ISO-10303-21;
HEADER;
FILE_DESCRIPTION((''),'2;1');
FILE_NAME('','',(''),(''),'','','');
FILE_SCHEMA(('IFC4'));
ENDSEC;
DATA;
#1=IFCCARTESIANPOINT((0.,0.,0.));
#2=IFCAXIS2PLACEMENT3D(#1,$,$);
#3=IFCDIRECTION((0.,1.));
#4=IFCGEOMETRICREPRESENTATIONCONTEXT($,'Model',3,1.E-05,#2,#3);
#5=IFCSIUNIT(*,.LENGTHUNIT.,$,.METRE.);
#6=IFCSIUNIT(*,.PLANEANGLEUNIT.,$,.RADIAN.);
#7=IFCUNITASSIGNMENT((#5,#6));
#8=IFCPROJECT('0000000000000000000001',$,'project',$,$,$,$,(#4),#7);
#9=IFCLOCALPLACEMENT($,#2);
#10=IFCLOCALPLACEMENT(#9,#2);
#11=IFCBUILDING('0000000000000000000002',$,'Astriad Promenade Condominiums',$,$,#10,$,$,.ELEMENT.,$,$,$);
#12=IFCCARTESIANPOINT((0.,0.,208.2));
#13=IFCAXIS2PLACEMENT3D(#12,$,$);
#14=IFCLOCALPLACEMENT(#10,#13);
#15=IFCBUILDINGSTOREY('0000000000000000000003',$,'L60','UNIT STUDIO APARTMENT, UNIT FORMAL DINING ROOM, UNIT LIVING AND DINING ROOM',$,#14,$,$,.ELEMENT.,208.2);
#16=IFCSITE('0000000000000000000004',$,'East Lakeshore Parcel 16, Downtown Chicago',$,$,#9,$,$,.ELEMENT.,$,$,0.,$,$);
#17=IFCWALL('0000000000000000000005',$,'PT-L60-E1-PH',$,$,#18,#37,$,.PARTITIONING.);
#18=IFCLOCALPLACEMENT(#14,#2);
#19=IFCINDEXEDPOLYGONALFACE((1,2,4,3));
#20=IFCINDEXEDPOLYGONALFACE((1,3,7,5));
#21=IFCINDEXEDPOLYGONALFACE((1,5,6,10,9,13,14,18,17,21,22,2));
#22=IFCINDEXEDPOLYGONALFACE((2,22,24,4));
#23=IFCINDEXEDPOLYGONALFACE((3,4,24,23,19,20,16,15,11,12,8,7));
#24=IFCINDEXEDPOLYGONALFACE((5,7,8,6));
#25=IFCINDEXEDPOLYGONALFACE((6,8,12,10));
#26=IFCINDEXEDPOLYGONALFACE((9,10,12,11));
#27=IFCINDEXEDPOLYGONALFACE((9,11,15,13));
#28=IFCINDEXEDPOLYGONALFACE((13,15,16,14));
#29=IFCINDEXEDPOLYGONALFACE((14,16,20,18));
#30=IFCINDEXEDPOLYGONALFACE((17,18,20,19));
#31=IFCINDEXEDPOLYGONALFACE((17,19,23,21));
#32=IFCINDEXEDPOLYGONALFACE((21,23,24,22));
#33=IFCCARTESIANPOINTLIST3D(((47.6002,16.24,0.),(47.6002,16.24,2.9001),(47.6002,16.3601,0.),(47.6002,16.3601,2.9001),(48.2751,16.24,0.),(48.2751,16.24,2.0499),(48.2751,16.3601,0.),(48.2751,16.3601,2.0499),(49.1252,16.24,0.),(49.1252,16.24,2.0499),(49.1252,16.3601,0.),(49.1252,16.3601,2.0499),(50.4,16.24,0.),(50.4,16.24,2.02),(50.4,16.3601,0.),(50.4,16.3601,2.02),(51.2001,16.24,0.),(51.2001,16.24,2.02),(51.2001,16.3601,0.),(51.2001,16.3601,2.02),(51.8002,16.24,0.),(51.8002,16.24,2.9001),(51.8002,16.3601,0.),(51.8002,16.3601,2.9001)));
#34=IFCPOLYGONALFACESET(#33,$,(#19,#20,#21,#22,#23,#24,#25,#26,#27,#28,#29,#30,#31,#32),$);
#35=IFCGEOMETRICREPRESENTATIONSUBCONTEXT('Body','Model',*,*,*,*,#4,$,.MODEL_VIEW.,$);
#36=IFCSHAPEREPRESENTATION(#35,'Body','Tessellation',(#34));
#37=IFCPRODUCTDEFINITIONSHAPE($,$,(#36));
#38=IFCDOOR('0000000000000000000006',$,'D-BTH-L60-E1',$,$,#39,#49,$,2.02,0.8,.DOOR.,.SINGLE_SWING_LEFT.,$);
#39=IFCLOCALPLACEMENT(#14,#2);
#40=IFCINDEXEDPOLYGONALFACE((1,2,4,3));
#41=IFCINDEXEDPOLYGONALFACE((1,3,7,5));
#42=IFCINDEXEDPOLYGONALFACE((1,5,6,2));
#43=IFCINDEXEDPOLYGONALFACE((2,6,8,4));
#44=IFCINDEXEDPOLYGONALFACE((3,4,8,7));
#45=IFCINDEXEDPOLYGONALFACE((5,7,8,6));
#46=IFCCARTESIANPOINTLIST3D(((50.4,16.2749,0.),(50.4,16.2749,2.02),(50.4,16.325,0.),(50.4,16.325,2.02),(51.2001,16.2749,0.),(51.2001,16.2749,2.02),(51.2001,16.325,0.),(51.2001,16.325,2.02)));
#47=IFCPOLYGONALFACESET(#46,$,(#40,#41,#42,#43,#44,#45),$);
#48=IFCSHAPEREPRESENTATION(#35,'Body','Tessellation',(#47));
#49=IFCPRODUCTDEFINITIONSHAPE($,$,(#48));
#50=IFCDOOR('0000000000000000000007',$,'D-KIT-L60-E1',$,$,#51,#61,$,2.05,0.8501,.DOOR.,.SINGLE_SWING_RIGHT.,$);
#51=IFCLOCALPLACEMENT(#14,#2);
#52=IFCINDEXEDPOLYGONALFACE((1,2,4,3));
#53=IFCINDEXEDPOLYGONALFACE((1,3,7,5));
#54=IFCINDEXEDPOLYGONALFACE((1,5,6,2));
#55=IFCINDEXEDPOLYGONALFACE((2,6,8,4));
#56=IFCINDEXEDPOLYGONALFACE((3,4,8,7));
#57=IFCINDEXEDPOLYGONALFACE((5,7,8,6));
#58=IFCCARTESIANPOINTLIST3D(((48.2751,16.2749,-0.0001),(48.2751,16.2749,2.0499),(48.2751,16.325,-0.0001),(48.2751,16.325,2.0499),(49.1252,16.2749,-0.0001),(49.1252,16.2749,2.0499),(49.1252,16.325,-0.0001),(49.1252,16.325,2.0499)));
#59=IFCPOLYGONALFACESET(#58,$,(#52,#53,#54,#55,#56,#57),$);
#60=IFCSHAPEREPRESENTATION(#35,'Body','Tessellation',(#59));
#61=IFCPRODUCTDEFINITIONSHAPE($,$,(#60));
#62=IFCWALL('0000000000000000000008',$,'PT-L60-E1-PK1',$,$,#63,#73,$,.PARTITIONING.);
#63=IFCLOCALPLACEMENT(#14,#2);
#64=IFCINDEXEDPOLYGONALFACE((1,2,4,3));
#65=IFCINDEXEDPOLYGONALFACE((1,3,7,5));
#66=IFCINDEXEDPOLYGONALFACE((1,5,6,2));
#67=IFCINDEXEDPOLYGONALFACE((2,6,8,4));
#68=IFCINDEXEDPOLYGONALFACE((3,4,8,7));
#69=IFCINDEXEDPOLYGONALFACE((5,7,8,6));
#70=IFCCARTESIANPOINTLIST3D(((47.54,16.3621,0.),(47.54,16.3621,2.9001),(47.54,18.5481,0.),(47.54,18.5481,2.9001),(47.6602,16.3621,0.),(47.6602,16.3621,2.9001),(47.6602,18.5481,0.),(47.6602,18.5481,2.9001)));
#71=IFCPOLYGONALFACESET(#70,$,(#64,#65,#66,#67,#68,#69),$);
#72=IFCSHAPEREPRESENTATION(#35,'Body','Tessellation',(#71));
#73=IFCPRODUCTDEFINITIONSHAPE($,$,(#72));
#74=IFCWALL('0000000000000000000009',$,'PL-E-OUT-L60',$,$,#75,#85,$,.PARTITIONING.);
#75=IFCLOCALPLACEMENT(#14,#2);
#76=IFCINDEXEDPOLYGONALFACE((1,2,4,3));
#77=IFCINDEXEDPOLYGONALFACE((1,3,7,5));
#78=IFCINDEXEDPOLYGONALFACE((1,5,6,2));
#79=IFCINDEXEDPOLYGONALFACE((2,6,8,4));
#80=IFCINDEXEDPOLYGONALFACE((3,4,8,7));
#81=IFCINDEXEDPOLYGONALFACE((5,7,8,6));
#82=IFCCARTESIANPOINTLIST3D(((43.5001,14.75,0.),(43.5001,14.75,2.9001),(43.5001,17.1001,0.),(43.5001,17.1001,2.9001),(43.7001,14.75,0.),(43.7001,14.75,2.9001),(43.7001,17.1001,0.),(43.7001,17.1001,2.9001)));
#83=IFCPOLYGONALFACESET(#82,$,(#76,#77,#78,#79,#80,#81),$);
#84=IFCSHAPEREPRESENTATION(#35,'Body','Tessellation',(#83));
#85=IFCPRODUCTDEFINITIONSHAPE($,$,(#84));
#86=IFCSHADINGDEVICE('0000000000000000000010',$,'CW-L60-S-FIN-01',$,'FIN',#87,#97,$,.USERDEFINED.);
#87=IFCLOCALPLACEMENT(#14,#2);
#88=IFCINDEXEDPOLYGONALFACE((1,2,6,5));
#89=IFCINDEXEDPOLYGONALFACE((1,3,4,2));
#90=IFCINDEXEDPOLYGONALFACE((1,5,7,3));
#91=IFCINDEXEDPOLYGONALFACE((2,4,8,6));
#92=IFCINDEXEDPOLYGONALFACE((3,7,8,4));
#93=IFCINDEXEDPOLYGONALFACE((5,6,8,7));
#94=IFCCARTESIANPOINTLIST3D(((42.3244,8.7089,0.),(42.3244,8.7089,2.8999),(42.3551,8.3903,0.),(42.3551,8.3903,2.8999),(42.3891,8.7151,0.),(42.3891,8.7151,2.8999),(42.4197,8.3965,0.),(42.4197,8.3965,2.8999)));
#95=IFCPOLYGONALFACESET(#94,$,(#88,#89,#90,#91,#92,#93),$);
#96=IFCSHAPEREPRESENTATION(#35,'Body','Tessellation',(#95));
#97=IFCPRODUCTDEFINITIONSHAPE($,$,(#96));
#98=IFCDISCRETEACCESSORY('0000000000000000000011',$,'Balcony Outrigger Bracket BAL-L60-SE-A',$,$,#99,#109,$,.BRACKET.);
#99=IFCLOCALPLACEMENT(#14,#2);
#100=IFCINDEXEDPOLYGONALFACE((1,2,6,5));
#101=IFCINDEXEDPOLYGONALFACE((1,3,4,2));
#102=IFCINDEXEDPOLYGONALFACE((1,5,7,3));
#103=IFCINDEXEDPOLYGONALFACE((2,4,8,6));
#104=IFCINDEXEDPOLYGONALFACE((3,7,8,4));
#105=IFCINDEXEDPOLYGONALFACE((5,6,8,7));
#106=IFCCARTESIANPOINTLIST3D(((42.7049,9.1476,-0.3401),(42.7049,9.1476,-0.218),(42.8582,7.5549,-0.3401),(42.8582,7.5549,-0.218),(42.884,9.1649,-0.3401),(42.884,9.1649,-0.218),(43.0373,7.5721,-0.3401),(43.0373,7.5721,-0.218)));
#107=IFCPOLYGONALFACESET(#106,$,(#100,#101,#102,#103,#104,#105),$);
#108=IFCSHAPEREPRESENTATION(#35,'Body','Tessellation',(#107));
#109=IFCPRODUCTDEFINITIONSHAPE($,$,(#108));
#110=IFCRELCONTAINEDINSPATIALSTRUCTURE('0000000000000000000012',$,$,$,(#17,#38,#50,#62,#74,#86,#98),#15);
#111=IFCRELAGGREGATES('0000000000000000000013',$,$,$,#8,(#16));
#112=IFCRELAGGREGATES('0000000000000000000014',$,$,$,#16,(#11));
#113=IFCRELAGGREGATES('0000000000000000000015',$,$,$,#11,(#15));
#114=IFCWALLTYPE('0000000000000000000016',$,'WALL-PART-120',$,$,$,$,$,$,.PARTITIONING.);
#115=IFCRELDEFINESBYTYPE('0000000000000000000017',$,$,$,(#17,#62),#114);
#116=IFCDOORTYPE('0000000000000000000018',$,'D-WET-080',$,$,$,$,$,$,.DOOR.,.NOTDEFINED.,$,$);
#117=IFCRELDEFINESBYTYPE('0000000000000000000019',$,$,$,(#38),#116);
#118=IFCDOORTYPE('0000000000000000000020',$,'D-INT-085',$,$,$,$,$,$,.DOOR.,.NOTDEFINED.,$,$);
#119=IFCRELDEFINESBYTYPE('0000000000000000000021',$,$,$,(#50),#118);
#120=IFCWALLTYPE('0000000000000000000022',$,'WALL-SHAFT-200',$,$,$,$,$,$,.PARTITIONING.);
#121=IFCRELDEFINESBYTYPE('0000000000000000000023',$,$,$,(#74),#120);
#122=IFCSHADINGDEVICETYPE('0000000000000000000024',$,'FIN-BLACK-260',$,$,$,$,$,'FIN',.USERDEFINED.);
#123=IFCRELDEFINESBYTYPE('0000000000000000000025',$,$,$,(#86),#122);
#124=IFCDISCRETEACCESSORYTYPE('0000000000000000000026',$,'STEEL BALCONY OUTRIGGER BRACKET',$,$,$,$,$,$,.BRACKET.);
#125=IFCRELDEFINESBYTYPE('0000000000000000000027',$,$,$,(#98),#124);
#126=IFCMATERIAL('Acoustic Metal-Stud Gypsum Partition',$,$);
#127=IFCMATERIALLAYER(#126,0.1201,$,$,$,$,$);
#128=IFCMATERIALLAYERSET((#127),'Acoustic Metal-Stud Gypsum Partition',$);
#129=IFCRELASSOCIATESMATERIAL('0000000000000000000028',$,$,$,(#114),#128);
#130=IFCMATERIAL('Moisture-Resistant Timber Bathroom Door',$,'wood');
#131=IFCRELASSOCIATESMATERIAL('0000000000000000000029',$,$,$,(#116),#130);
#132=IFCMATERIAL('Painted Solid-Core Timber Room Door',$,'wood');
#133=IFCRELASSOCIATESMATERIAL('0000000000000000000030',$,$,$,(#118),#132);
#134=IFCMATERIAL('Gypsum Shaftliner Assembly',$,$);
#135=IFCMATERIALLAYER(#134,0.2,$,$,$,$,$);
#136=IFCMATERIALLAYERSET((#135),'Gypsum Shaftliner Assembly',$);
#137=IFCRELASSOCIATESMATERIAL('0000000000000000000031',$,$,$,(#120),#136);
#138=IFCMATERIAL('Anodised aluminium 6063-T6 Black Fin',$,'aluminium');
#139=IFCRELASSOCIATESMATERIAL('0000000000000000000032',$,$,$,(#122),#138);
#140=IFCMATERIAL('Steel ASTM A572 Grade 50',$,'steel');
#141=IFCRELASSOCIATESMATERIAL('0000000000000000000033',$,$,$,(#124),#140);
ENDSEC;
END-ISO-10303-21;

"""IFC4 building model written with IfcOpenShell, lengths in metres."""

from ifc_helpers import new_model, si_unit, direction, frame, frame_2d, origin, origin_2d, place, context, subcontext, project, spatial, rectangle, extrude, source, transform, mapped, material, layer, layer_set, type_object, type_shapes, element, fill, save


model = new_model("IFC4")

# Units and contexts
model_context = context("Model", 3, precision=1e-05, world=origin(), true_north=direction((0.0, 1.0)))
body_context = subcontext(model_context, "Body", "Model", "MODEL_VIEW")
ifc_project = project(units=[si_unit("LENGTHUNIT", "METRE"), si_unit("PLANEANGLEUNIT", "RADIAN")], contexts=[model_context])

# Site, building, storey
site_placement = place(None, origin())
site = spatial("IfcSite", under=ifc_project, at=site_placement, Name="East Lakeshore Parcel 16, Downtown Chicago", CompositionType="ELEMENT", RefElevation=0.0)
building_placement = place(site_placement, origin())
building = spatial("IfcBuilding", under=site, at=building_placement, Name="Astriad Promenade Condominiums", CompositionType="ELEMENT")
storey_placement = place(building_placement, frame((0.0, 0.0, 208.2)))
storey = spatial("IfcBuildingStorey", under=building, at=storey_placement, Name="L60", Description="UNIT STUDIO APARTMENT, UNIT FORMAL DINING ROOM, UNIT LIVING AND DINING ROOM", CompositionType="ELEMENT", Elevation=208.2)

# Shared definitions
ifc_material_1 = material(Name="Acoustic Metal-Stud Gypsum Partition")
ifc_layer_1 = layer(ifc_material_1, 0.1201)
ifc_layer_set_1 = layer_set([ifc_layer_1], Name="Acoustic Metal-Stud Gypsum Partition")
wall_type_1 = type_object("IfcWallType", Name="WALL-PART-120", PredefinedType="PARTITIONING", material=ifc_layer_set_1)
ifc_material_2 = material(Name="Moisture-Resistant Timber Bathroom Door", Category="wood")
door_type_1 = type_object("IfcDoorType", Name="D-WET-080", OperationType="NOTDEFINED", PredefinedType="DOOR", material=ifc_material_2)
shared_shape_1 = source(origin(), body_context, "Body", "SweptSolid", [
    extrude(rectangle(XDim=0.8, YDim=2.02, at=frame_2d((0.3999, 1.01))), frame((0.0, 0.0249, 0.0), z_axis=(0.0, -1.0, 0.0), x_axis=(1.0, 0.0, 0.0)), (0.0, 0.0, 1.0), 0.05),
])
type_shapes(door_type_1, [shared_shape_1])
ifc_material_3 = material(Name="Painted Solid-Core Timber Room Door", Category="wood")
door_type_2 = type_object("IfcDoorType", Name="D-INT-085", OperationType="NOTDEFINED", PredefinedType="DOOR", material=ifc_material_3)
shared_shape_2 = source(origin(), body_context, "Body", "SweptSolid", [
    extrude(rectangle(XDim=0.8501, YDim=2.05, at=frame_2d((0.425, 1.0249))), frame((0.0, 0.0249, 0.0), z_axis=(0.0, -1.0, 0.0), x_axis=(1.0, 0.0, 0.0)), (0.0, 0.0, 1.0), 0.05),
])
type_shapes(door_type_2, [shared_shape_2])

# Wall, openings, doors
wall_1_placement = place(storey_placement, frame((47.6001, 16.3, 0.0), z_axis=(0.0, 0.0, 1.0), x_axis=(1.0, 0.0, 0.0)))
wall_1 = element("IfcWall", 1, at=wall_1_placement, inside=storey, type_object=wall_type_1, Name="PT-L60-E1-PH", PredefinedType="PARTITIONING", context=body_context, shape_type="SweptSolid", body=[
    extrude(rectangle(XDim=4.2, YDim=0.1201, at=frame_2d((2.1001, 0.0))), origin(), (0.0, 0.0, 1.0), 2.9001),
])
opening_1_placement = place(wall_1_placement, frame((0.675, 0.0, 0.0)))
opening_1 = element("IfcOpeningElement", 2, at=opening_1_placement, cuts=wall_1, PredefinedType="OPENING", context=body_context, shape_type="SweptSolid", body=[
    extrude(rectangle(XDim=0.8501, YDim=2.05, at=frame_2d((0.425, 1.0249))), frame((0.0, 0.0701, 0.0), z_axis=(0.0, -1.0, 0.0), x_axis=(1.0, 0.0, 0.0)), (0.0, 0.0, 1.0), 0.1401),
])
opening_2_placement = place(wall_1_placement, frame((2.8, 0.0, 0.0)))
opening_2 = element("IfcOpeningElement", 3, at=opening_2_placement, cuts=wall_1, PredefinedType="OPENING", context=body_context, shape_type="SweptSolid", body=[
    extrude(rectangle(XDim=0.8, YDim=2.02, at=frame_2d((0.3999, 1.01))), frame((0.0, 0.0701, 0.0), z_axis=(0.0, -1.0, 0.0), x_axis=(1.0, 0.0, 0.0)), (0.0, 0.0, 1.0), 0.1401),
])
door_1_placement = place(opening_2_placement, origin())
door_1 = element("IfcDoor", 4, at=door_1_placement, inside=storey, type_object=door_type_1, Name="D-BTH-L60-E1", OperationType="SINGLE_SWING_LEFT", OverallHeight=2.02, OverallWidth=0.8, PredefinedType="DOOR", context=body_context, shape_type="MappedRepresentation", body=[
    mapped(shared_shape_1, transform((0.0, 0.0, 0.0), scale=1.0)),
])
fill(opening_2, door_1)
door_2_placement = place(opening_1_placement, origin())
door_2 = element("IfcDoor", 5, at=door_2_placement, inside=storey, type_object=door_type_2, Name="D-KIT-L60-E1", OperationType="SINGLE_SWING_RIGHT", OverallHeight=2.05, OverallWidth=0.8501, PredefinedType="DOOR", context=body_context, shape_type="MappedRepresentation", body=[
    mapped(shared_shape_2, transform((0.0, 0.0, 0.0), scale=1.0)),
])
fill(opening_1, door_2)

# Walls
wall_2_placement = place(storey_placement, frame((47.6001, 16.3621, 0.0), z_axis=(0.0, 0.0, 1.0), x_axis=(0.0, 1.0, 0.0)))
element("IfcWall", 6, at=wall_2_placement, inside=storey, type_object=wall_type_1, Name="PT-L60-E1-PK1", PredefinedType="PARTITIONING", context=body_context, shape_type="SweptSolid", body=[
    extrude(rectangle(XDim=2.186, YDim=0.1201, at=frame_2d((1.093, 0.0))), origin(), (0.0, 0.0, 1.0), 2.9001),
])
ifc_material_4 = material(Name="Gypsum Shaftliner Assembly")
ifc_layer_2 = layer(ifc_material_4, 0.2)
ifc_layer_set_2 = layer_set([ifc_layer_2], Name="Gypsum Shaftliner Assembly")
wall_type_2 = type_object("IfcWallType", Name="WALL-SHAFT-200", PredefinedType="PARTITIONING", material=ifc_layer_set_2)
wall_3_placement = place(storey_placement, frame((43.6001, 14.75, 0.0), z_axis=(0.0, 0.0, 1.0), x_axis=(0.0, 1.0, 0.0)))
element("IfcWall", 7, at=wall_3_placement, inside=storey, type_object=wall_type_2, Name="PL-E-OUT-L60", PredefinedType="PARTITIONING", context=body_context, shape_type="SweptSolid", body=[
    extrude(rectangle(XDim=2.3501, YDim=0.2, at=frame_2d((1.175, 0.0))), origin(), (0.0, 0.0, 1.0), 2.9001),
])

# Shading device
ifc_material_5 = material(Name="Anodised aluminium 6063-T6 Black Fin", Category="aluminium")
shading_device_type = type_object("IfcShadingDeviceType", Name="FIN-BLACK-260", ElementType="FIN", PredefinedType="USERDEFINED", material=ifc_material_5)
shared_shape_3 = source(origin(), body_context, "Body", "SweptSolid", [
    extrude(rectangle(XDim=0.0649, YDim=0.3201, at=origin_2d()), origin(), (0.0, 0.0, 1.0), 2.8999),
])
type_shapes(shading_device_type, [shared_shape_3])
shading_device_placement = place(storey_placement, frame((42.3721, 8.5527, 0.0), z_axis=(0.0, 0.0, 1.0), x_axis=(-0.995396, -0.095846, 0.0)))
element("IfcShadingDevice", 8, at=shading_device_placement, inside=storey, type_object=shading_device_type, Name="CW-L60-S-FIN-01", ObjectType="FIN", PredefinedType="USERDEFINED", context=body_context, shape_type="MappedRepresentation", body=[
    mapped(shared_shape_3, transform((0.0, 0.0, 0.0), scale=1.0)),
])

# Discrete accessory
ifc_material_6 = material(Name="Steel ASTM A572 Grade 50", Category="steel")
discrete_accessory_type = type_object("IfcDiscreteAccessoryType", Name="STEEL BALCONY OUTRIGGER BRACKET", PredefinedType="BRACKET", material=ifc_material_6)
shared_shape_4 = source(origin(), body_context, "Body", "SweptSolid", [
    extrude(rectangle(XDim=1.6001, YDim=0.1799, at=origin_2d()), origin(), (0.0, 0.0, 1.0), 0.1221),
])
type_shapes(discrete_accessory_type, [shared_shape_4])
discrete_accessory_placement = place(storey_placement, frame((42.8711, 8.3599, -0.3401), z_axis=(0.0, 0.0, 1.0), x_axis=(0.095846, -0.995396, 0.0)))
element("IfcDiscreteAccessory", 9, at=discrete_accessory_placement, inside=storey, type_object=discrete_accessory_type, Name="Balcony Outrigger Bracket BAL-L60-SE-A", PredefinedType="BRACKET", context=body_context, shape_type="MappedRepresentation", body=[
    mapped(shared_shape_4, transform((0.0, 0.0, 0.0), scale=1.0)),
])

save(model, "model.ifc")
